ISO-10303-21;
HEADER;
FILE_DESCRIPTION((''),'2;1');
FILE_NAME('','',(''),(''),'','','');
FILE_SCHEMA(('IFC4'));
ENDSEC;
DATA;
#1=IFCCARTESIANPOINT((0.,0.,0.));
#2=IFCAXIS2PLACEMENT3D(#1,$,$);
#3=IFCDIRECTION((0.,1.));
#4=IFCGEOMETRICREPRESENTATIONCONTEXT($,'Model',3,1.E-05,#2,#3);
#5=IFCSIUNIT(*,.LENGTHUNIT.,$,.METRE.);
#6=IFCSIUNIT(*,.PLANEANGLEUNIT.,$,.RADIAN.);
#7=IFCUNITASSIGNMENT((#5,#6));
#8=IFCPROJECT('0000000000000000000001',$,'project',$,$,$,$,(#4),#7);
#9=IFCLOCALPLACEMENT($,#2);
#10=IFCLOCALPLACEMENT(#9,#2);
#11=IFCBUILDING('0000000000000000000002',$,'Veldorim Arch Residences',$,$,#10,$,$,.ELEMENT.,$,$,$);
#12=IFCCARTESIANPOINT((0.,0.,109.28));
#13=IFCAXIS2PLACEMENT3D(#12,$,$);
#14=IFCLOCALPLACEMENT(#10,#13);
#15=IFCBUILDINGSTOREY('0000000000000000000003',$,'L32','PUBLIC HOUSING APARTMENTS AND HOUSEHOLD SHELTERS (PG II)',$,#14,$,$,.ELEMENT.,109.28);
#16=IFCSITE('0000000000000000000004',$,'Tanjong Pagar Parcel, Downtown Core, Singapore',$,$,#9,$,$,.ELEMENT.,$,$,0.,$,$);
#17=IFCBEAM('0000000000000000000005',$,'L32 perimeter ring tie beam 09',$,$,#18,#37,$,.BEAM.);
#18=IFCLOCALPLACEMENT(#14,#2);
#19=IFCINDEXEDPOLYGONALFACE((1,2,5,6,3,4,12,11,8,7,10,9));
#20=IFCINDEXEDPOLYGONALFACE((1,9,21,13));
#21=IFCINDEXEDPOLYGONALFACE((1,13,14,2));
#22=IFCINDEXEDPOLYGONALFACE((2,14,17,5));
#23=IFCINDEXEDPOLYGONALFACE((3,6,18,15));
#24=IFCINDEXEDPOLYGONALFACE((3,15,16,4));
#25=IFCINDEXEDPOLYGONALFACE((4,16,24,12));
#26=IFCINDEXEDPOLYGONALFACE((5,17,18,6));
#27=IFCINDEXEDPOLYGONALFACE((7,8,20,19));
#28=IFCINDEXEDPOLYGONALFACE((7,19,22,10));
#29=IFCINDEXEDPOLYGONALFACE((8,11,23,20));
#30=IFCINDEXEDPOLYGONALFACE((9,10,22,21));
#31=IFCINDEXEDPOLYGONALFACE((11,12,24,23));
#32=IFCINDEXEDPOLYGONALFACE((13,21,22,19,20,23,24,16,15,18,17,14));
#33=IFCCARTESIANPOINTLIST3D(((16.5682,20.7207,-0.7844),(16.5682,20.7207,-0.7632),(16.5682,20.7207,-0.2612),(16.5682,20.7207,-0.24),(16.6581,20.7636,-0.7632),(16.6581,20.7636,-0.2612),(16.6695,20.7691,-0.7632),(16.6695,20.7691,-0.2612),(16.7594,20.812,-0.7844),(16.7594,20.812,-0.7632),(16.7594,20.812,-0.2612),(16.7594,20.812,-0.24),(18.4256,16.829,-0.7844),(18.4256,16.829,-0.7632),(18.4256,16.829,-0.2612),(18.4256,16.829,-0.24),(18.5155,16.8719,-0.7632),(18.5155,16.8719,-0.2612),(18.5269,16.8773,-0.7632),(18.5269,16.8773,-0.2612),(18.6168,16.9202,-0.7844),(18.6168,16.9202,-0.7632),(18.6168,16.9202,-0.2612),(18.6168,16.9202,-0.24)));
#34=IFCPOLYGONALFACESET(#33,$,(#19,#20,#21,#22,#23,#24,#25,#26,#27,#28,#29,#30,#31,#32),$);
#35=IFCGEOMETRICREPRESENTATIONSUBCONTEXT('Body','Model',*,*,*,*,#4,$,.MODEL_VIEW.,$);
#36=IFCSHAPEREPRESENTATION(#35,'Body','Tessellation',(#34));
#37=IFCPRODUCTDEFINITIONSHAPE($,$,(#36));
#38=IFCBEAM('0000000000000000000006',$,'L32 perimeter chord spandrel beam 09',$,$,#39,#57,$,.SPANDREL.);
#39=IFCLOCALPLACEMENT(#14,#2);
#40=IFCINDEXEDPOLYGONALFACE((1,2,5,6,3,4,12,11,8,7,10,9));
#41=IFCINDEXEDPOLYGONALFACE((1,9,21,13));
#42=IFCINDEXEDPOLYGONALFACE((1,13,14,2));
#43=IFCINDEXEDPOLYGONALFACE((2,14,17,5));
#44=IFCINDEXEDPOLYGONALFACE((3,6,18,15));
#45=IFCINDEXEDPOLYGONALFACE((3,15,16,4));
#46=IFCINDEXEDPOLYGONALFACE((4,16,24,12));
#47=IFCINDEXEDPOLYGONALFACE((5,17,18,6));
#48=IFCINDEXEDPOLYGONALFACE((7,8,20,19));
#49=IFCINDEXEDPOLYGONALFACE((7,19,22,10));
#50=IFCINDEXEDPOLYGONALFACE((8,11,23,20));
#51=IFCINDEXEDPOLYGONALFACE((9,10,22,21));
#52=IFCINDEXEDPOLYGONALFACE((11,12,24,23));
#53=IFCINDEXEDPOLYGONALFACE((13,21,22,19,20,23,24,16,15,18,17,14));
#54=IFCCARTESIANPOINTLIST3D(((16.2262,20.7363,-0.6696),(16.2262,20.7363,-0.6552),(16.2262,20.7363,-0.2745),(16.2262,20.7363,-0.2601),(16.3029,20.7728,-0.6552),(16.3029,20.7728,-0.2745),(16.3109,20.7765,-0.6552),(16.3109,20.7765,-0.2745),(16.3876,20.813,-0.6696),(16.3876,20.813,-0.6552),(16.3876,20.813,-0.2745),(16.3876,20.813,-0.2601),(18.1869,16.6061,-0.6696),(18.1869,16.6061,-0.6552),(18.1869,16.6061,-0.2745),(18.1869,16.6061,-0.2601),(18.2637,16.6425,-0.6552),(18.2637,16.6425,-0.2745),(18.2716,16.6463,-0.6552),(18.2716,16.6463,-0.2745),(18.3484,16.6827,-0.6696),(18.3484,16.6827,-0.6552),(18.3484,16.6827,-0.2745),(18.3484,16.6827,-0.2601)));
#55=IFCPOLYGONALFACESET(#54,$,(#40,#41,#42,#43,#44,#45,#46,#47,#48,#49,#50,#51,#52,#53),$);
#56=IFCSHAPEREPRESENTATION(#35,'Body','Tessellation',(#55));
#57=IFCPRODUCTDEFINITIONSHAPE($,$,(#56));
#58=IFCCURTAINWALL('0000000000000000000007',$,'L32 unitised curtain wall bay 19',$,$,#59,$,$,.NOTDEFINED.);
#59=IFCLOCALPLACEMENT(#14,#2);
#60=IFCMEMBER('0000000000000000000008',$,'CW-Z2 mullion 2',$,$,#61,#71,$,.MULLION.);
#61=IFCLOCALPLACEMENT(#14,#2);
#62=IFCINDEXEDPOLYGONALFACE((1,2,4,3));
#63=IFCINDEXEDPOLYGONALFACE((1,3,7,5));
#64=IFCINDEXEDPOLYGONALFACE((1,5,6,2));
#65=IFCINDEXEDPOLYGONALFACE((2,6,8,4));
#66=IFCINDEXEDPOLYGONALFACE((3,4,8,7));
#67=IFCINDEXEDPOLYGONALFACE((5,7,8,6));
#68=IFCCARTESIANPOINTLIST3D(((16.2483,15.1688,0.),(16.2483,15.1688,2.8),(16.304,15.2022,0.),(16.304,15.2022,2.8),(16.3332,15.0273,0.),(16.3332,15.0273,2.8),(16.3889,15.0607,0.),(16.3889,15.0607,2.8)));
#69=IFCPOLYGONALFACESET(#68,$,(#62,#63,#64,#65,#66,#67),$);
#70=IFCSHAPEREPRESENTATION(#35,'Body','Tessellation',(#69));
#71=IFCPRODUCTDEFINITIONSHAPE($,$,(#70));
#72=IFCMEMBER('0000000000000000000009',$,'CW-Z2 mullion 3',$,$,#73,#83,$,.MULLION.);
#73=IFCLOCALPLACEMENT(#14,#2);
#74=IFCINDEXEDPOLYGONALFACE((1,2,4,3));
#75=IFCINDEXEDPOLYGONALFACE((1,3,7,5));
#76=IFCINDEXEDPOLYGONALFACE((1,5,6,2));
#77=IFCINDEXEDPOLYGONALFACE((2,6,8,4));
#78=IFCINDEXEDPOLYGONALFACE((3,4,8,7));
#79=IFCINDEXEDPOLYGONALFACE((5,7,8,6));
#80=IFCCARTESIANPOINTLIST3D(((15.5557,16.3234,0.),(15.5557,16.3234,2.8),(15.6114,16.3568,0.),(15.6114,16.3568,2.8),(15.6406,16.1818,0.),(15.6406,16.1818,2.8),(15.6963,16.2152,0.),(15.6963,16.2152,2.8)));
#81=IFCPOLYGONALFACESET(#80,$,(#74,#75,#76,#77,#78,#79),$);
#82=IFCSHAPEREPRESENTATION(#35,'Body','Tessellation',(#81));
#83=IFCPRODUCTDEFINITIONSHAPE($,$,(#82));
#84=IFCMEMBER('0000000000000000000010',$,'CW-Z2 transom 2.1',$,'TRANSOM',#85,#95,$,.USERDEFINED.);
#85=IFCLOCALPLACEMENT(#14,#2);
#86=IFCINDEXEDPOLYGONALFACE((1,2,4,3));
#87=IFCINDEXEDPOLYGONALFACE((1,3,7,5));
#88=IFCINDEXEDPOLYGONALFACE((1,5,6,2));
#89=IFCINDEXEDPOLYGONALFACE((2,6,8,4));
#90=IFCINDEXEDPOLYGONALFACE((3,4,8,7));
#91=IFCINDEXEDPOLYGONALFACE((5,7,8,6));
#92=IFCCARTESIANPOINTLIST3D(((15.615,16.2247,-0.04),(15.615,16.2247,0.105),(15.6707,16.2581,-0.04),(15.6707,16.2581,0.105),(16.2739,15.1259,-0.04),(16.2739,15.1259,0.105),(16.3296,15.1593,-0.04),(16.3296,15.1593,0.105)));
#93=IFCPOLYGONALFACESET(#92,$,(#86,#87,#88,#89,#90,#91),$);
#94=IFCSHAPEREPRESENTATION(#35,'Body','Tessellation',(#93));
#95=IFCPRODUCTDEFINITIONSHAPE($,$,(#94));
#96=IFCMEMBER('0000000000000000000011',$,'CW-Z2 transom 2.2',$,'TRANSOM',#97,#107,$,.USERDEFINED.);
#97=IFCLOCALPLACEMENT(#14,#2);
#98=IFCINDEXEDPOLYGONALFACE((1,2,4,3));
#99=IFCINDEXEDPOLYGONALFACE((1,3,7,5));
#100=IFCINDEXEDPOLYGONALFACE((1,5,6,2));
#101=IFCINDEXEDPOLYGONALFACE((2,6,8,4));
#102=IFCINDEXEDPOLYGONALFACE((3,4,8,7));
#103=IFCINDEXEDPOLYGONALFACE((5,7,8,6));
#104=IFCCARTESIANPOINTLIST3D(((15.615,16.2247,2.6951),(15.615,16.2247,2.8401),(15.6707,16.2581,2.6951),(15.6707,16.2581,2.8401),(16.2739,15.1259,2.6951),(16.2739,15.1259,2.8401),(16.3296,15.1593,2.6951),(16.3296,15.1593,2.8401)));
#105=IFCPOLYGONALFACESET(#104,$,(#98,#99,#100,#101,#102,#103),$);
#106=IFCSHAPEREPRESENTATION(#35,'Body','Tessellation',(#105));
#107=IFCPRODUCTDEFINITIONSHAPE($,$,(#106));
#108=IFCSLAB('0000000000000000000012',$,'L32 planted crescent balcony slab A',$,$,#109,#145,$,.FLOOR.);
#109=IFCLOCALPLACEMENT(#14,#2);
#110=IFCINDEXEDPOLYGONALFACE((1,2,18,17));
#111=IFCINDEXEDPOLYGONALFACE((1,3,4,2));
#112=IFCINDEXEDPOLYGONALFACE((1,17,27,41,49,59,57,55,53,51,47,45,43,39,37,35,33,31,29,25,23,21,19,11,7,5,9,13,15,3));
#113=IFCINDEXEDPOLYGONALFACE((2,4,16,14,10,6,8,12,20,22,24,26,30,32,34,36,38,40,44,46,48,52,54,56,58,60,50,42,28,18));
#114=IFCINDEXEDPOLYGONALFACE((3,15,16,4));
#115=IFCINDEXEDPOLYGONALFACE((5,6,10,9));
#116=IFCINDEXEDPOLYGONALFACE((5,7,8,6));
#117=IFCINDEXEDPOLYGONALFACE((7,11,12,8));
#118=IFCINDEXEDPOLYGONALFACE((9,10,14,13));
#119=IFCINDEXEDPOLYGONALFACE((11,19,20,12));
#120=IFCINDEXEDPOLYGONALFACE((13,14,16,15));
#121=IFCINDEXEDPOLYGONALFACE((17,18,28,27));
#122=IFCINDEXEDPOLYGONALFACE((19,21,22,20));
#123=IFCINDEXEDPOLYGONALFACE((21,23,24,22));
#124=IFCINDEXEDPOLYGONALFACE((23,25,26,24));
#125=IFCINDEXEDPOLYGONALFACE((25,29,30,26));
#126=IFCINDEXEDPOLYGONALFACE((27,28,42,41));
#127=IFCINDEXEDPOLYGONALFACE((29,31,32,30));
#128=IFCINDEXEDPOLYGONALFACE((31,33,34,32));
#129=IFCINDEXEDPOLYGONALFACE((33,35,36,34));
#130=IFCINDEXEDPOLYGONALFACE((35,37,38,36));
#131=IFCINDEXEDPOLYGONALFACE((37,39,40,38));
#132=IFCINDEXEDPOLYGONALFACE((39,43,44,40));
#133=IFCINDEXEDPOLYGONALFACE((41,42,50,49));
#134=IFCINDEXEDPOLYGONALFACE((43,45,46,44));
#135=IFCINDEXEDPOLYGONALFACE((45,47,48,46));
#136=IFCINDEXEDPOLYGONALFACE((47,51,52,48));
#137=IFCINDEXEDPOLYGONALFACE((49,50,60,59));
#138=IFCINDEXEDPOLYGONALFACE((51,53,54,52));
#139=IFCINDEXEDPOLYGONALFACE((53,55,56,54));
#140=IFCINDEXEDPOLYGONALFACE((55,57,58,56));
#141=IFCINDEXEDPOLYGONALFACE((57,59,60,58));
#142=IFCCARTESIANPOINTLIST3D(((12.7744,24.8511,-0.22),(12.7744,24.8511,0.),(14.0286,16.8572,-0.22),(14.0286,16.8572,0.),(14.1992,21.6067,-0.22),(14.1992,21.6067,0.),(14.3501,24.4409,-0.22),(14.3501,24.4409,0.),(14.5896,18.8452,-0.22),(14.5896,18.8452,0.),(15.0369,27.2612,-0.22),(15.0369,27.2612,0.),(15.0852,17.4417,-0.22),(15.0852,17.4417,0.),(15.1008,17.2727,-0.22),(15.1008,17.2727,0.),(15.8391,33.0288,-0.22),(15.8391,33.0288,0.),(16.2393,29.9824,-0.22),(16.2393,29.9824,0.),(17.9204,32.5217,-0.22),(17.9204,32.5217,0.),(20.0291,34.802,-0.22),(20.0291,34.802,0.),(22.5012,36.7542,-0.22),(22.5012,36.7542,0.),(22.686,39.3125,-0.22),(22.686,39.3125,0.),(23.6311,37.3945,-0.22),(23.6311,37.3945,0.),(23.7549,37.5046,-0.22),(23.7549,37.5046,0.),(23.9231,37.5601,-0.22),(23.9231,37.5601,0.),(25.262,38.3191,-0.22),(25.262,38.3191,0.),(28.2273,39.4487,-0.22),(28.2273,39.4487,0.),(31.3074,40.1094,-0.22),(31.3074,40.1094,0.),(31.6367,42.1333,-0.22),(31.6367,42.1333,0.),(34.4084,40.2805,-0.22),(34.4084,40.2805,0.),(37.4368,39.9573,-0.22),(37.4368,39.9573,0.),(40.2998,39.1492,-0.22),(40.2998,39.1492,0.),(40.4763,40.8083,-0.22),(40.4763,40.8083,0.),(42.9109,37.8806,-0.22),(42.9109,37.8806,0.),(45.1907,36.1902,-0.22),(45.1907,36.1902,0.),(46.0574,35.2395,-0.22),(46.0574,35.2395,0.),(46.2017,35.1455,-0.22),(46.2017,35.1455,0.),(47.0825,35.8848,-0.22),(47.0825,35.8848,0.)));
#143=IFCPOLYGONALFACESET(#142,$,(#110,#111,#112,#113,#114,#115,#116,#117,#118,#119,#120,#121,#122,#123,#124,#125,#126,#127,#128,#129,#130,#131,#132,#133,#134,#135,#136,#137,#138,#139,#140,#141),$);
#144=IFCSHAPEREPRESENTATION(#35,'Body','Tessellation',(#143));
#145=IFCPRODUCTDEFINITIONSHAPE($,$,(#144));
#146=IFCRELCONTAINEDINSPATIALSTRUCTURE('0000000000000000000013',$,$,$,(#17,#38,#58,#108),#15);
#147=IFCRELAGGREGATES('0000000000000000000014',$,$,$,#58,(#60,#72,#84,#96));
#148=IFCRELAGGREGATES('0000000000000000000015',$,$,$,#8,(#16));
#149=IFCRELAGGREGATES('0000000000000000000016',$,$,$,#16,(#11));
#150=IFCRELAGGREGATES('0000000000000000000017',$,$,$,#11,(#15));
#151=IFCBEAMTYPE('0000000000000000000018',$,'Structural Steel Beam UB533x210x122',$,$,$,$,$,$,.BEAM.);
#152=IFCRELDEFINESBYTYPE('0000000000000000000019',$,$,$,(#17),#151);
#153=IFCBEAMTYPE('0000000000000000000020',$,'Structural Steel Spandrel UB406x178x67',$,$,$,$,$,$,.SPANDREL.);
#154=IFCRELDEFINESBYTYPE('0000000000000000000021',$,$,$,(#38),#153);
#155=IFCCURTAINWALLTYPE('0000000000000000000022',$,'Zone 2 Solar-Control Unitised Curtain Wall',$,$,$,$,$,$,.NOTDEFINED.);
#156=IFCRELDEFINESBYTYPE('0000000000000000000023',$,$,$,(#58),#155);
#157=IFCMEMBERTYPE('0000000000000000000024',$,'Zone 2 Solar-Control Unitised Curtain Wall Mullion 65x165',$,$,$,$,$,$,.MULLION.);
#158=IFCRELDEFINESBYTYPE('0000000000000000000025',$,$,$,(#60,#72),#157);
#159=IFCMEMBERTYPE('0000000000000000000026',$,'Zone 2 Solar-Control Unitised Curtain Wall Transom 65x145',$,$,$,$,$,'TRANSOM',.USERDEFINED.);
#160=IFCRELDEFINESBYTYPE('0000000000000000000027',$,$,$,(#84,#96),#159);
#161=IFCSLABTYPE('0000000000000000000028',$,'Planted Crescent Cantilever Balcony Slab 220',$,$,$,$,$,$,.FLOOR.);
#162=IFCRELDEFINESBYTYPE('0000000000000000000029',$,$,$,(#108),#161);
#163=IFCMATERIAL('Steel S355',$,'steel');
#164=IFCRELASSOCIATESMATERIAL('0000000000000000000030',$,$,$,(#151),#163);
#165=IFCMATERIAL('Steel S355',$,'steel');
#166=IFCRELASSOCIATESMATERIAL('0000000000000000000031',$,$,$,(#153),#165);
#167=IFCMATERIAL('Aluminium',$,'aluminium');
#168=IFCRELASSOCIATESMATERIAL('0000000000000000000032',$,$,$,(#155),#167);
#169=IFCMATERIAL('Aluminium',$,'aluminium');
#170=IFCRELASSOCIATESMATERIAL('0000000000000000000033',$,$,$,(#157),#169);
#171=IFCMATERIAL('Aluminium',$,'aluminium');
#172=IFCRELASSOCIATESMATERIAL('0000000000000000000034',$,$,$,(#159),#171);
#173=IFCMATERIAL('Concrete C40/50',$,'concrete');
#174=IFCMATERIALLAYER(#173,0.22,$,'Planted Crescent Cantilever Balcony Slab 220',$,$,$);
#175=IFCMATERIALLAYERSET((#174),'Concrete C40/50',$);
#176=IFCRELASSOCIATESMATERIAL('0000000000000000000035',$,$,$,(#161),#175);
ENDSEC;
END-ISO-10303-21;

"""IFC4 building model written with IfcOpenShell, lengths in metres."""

from ifc_helpers import new_model, si_unit, direction, frame, origin, origin_2d, place, context, subcontext, project, spatial, polyline, rectangle, i_section, outline, extrude, material, layer, layer_set, material_profile, profile_set, type_object, element, aggregate, save


model = new_model("IFC4")

# Units and contexts
model_context = context("Model", 3, precision=1e-05, world=origin(), true_north=direction((0.0, 1.0)))
body_context = subcontext(model_context, "Body", "Model", "MODEL_VIEW")
ifc_project = project(units=[si_unit("LENGTHUNIT", "METRE"), si_unit("PLANEANGLEUNIT", "RADIAN")], contexts=[model_context])

# Site, building, storey
site_placement = place(None, origin())
site = spatial("IfcSite", under=ifc_project, at=site_placement, Name="Tanjong Pagar Parcel, Downtown Core, Singapore", CompositionType="ELEMENT", RefElevation=0.0)
building_placement = place(site_placement, origin())
building = spatial("IfcBuilding", under=site, at=building_placement, Name="Veldorim Arch Residences", CompositionType="ELEMENT")
storey_placement = place(building_placement, frame((0.0, 0.0, 109.28)))
storey = spatial("IfcBuildingStorey", under=building, at=storey_placement, Name="L32", Description="PUBLIC HOUSING APARTMENTS AND HOUSEHOLD SHELTERS (PG II)", CompositionType="ELEMENT", Elevation=109.28)

# Beams
ifc_material_1 = material(Name="Steel S355", Category="steel")
ifc_material_profile_1 = material_profile(ifc_material_1, i_section(OverallWidth=0.2119, OverallDepth=0.5444, WebThickness=0.0127, FlangeThickness=0.0212, at=origin_2d()), Name="UB533x210x122")
ifc_profile_set_1 = profile_set([ifc_material_profile_1], Name="Steel S355")
beam_type_1 = type_object("IfcBeamType", Name="Structural Steel Beam UB533x210x122", PredefinedType="BEAM", material=ifc_profile_set_1)
beam_1_placement = place(storey_placement, frame((16.6638, 20.7664, -0.5122), z_axis=(0.43072, -0.902486, 0.0), x_axis=(0.902486, 0.43072, 0.0)))
element("IfcBeam", 1, at=beam_1_placement, inside=storey, type_object=beam_type_1, Name="L32 perimeter ring tie beam 09", PredefinedType="BEAM", context=body_context, shape_type="SweptSolid", body=[
    extrude(i_section(OverallWidth=0.2119, OverallDepth=0.5444, WebThickness=0.0127, FlangeThickness=0.0212, at=origin_2d()), origin(), (0.0, 0.0, 1.0), 4.3123),
])
ifc_material_2 = material(Name="Steel S355", Category="steel")
ifc_material_profile_2 = material_profile(ifc_material_2, i_section(OverallWidth=0.1787, OverallDepth=0.4094, WebThickness=0.0088, FlangeThickness=0.0144, at=origin_2d()), Name="UB406x178x67")
ifc_profile_set_2 = profile_set([ifc_material_profile_2], Name="Steel S355")
beam_type_2 = type_object("IfcBeamType", Name="Structural Steel Spandrel UB406x178x67", PredefinedType="SPANDREL", material=ifc_profile_set_2)
beam_2_placement = place(storey_placement, frame((16.3069, 20.7747, -0.4648), z_axis=(0.428857, -0.903372, 0.0), x_axis=(0.903372, 0.428857, 0.0)))
element("IfcBeam", 2, at=beam_2_placement, inside=storey, type_object=beam_type_2, Name="L32 perimeter chord spandrel beam 09", PredefinedType="SPANDREL", context=body_context, shape_type="SweptSolid", body=[
    extrude(i_section(OverallWidth=0.1787, OverallDepth=0.4094, WebThickness=0.0088, FlangeThickness=0.0144, at=origin_2d()), origin(), (0.0, 0.0, 1.0), 4.572),
])

# Curtain wall, members
ifc_material_3 = material(Name="Aluminium", Category="aluminium")
curtain_wall_type = type_object("IfcCurtainWallType", Name="Zone 2 Solar-Control Unitised Curtain Wall", PredefinedType="NOTDEFINED", material=ifc_material_3)
curtain_wall_placement = place(storey_placement, origin())
curtain_wall = element("IfcCurtainWall", 3, at=curtain_wall_placement, inside=storey, type_object=curtain_wall_type, Name="L32 unitised curtain wall bay 19", PredefinedType="NOTDEFINED")
ifc_material_4 = material(Name="Aluminium", Category="aluminium")
ifc_material_profile_3 = material_profile(ifc_material_4, rectangle(XDim=0.0649, YDim=0.165, at=origin_2d()), Name="ALU_MUL_65x165")
ifc_profile_set_3 = profile_set([ifc_material_profile_3], Name="Aluminium")
member_type_1 = type_object("IfcMemberType", Name="Zone 2 Solar-Control Unitised Curtain Wall Mullion 65x165", PredefinedType="MULLION", material=ifc_profile_set_3)
member_1_placement = place(storey_placement, frame((16.3186, 15.1147, 0.0), z_axis=(0.0, 0.0, 1.0), x_axis=(-0.85757, -0.514368, 0.0)))
member_1 = element("IfcMember", 4, at=member_1_placement, type_object=member_type_1, Name="CW-Z2 mullion 2", PredefinedType="MULLION", context=body_context, shape_type="SweptSolid", body=[
    extrude(rectangle(XDim=0.0649, YDim=0.165, at=origin_2d()), origin(), (0.0, 0.0, 1.0), 2.8),
])
member_2_placement = place(storey_placement, frame((15.626, 16.2693, 0.0), z_axis=(0.0, 0.0, 1.0), x_axis=(-0.85757, -0.514368, 0.0)))
member_2 = element("IfcMember", 5, at=member_2_placement, type_object=member_type_1, Name="CW-Z2 mullion 3", PredefinedType="MULLION", context=body_context, shape_type="SweptSolid", body=[
    extrude(rectangle(XDim=0.0649, YDim=0.165, at=origin_2d()), origin(), (0.0, 0.0, 1.0), 2.8),
])
ifc_material_5 = material(Name="Aluminium", Category="aluminium")
ifc_material_profile_4 = material_profile(ifc_material_5, rectangle(XDim=0.0649, YDim=0.145, at=origin_2d()), Name="ALU_TRN_65x145")
ifc_profile_set_4 = profile_set([ifc_material_profile_4], Name="Aluminium")
member_type_2 = type_object("IfcMemberType", Name="Zone 2 Solar-Control Unitised Curtain Wall Transom 65x145", ElementType="TRANSOM", PredefinedType="USERDEFINED", material=ifc_profile_set_4)
member_3_placement = place(storey_placement, frame((16.3018, 15.1426, 0.0325), z_axis=(-0.514272, 0.857627, 0.0), x_axis=(-0.857627, -0.514272, 0.0)))
member_3 = element("IfcMember", 6, at=member_3_placement, type_object=member_type_2, Name="CW-Z2 transom 2.1", ObjectType="TRANSOM", PredefinedType="USERDEFINED", context=body_context, shape_type="SweptSolid", body=[
    extrude(rectangle(XDim=0.0649, YDim=0.145, at=origin_2d()), origin(), (0.0, 0.0, 1.0), 1.2812),
])
member_4_placement = place(storey_placement, frame((16.3018, 15.1426, 2.7676), z_axis=(-0.514272, 0.857627, 0.0), x_axis=(-0.857627, -0.514272, 0.0)))
member_4 = element("IfcMember", 7, at=member_4_placement, type_object=member_type_2, Name="CW-Z2 transom 2.2", ObjectType="TRANSOM", PredefinedType="USERDEFINED", context=body_context, shape_type="SweptSolid", body=[
    extrude(rectangle(XDim=0.0649, YDim=0.145, at=origin_2d()), origin(), (0.0, 0.0, 1.0), 1.2812),
])

# Slab
ifc_material_6 = material(Name="Concrete C40/50", Category="concrete")
ifc_layer_1 = layer(ifc_material_6, 0.22, Name="Planted Crescent Cantilever Balcony Slab 220")
ifc_layer_set_1 = layer_set([ifc_layer_1], Name="Concrete C40/50")
slab_type_1 = type_object("IfcSlabType", Name="Planted Crescent Cantilever Balcony Slab 220", PredefinedType="FLOOR", material=ifc_layer_set_1)
slab_1_placement = place(storey_placement, frame((0.0, 0.0, -0.22)))
element("IfcSlab", 8, at=slab_1_placement, inside=storey, type_object=slab_type_1, Name="L32 planted crescent balcony slab A", PredefinedType="FLOOR", context=body_context, shape_type="SweptSolid", body=[
    extrude(outline(polyline([(46.0574, 35.2395), (45.1907, 36.1902), (42.9109, 37.8806), (40.2998, 39.1492), (37.4368, 39.9573), (34.4084, 40.2805), (31.3074, 40.1094), (28.2273, 39.4487), (25.262, 38.3191), (23.9231, 37.5601), (23.7549, 37.5046), (23.6311, 37.3945), (22.5012, 36.7542), (20.0291, 34.802), (17.9204, 32.5217), (16.2393, 29.9824), (15.0369, 27.2612), (14.3501, 24.4409), (14.1992, 21.6067), (14.5896, 18.8452), (15.0852, 17.4417), (15.1008, 17.2727), (14.0286, 16.8572), (12.7744, 24.8511), (15.8391, 33.0288), (22.686, 39.3125), (31.6367, 42.1333), (40.4763, 40.8083), (47.0825, 35.8848), (46.2017, 35.1455), (46.0574, 35.2395)])), origin(), (0.0, 0.0, 1.0), 0.22),
])

aggregate(curtain_wall, [member_1, member_2, member_3, member_4])

save(model, "model.ifc")
